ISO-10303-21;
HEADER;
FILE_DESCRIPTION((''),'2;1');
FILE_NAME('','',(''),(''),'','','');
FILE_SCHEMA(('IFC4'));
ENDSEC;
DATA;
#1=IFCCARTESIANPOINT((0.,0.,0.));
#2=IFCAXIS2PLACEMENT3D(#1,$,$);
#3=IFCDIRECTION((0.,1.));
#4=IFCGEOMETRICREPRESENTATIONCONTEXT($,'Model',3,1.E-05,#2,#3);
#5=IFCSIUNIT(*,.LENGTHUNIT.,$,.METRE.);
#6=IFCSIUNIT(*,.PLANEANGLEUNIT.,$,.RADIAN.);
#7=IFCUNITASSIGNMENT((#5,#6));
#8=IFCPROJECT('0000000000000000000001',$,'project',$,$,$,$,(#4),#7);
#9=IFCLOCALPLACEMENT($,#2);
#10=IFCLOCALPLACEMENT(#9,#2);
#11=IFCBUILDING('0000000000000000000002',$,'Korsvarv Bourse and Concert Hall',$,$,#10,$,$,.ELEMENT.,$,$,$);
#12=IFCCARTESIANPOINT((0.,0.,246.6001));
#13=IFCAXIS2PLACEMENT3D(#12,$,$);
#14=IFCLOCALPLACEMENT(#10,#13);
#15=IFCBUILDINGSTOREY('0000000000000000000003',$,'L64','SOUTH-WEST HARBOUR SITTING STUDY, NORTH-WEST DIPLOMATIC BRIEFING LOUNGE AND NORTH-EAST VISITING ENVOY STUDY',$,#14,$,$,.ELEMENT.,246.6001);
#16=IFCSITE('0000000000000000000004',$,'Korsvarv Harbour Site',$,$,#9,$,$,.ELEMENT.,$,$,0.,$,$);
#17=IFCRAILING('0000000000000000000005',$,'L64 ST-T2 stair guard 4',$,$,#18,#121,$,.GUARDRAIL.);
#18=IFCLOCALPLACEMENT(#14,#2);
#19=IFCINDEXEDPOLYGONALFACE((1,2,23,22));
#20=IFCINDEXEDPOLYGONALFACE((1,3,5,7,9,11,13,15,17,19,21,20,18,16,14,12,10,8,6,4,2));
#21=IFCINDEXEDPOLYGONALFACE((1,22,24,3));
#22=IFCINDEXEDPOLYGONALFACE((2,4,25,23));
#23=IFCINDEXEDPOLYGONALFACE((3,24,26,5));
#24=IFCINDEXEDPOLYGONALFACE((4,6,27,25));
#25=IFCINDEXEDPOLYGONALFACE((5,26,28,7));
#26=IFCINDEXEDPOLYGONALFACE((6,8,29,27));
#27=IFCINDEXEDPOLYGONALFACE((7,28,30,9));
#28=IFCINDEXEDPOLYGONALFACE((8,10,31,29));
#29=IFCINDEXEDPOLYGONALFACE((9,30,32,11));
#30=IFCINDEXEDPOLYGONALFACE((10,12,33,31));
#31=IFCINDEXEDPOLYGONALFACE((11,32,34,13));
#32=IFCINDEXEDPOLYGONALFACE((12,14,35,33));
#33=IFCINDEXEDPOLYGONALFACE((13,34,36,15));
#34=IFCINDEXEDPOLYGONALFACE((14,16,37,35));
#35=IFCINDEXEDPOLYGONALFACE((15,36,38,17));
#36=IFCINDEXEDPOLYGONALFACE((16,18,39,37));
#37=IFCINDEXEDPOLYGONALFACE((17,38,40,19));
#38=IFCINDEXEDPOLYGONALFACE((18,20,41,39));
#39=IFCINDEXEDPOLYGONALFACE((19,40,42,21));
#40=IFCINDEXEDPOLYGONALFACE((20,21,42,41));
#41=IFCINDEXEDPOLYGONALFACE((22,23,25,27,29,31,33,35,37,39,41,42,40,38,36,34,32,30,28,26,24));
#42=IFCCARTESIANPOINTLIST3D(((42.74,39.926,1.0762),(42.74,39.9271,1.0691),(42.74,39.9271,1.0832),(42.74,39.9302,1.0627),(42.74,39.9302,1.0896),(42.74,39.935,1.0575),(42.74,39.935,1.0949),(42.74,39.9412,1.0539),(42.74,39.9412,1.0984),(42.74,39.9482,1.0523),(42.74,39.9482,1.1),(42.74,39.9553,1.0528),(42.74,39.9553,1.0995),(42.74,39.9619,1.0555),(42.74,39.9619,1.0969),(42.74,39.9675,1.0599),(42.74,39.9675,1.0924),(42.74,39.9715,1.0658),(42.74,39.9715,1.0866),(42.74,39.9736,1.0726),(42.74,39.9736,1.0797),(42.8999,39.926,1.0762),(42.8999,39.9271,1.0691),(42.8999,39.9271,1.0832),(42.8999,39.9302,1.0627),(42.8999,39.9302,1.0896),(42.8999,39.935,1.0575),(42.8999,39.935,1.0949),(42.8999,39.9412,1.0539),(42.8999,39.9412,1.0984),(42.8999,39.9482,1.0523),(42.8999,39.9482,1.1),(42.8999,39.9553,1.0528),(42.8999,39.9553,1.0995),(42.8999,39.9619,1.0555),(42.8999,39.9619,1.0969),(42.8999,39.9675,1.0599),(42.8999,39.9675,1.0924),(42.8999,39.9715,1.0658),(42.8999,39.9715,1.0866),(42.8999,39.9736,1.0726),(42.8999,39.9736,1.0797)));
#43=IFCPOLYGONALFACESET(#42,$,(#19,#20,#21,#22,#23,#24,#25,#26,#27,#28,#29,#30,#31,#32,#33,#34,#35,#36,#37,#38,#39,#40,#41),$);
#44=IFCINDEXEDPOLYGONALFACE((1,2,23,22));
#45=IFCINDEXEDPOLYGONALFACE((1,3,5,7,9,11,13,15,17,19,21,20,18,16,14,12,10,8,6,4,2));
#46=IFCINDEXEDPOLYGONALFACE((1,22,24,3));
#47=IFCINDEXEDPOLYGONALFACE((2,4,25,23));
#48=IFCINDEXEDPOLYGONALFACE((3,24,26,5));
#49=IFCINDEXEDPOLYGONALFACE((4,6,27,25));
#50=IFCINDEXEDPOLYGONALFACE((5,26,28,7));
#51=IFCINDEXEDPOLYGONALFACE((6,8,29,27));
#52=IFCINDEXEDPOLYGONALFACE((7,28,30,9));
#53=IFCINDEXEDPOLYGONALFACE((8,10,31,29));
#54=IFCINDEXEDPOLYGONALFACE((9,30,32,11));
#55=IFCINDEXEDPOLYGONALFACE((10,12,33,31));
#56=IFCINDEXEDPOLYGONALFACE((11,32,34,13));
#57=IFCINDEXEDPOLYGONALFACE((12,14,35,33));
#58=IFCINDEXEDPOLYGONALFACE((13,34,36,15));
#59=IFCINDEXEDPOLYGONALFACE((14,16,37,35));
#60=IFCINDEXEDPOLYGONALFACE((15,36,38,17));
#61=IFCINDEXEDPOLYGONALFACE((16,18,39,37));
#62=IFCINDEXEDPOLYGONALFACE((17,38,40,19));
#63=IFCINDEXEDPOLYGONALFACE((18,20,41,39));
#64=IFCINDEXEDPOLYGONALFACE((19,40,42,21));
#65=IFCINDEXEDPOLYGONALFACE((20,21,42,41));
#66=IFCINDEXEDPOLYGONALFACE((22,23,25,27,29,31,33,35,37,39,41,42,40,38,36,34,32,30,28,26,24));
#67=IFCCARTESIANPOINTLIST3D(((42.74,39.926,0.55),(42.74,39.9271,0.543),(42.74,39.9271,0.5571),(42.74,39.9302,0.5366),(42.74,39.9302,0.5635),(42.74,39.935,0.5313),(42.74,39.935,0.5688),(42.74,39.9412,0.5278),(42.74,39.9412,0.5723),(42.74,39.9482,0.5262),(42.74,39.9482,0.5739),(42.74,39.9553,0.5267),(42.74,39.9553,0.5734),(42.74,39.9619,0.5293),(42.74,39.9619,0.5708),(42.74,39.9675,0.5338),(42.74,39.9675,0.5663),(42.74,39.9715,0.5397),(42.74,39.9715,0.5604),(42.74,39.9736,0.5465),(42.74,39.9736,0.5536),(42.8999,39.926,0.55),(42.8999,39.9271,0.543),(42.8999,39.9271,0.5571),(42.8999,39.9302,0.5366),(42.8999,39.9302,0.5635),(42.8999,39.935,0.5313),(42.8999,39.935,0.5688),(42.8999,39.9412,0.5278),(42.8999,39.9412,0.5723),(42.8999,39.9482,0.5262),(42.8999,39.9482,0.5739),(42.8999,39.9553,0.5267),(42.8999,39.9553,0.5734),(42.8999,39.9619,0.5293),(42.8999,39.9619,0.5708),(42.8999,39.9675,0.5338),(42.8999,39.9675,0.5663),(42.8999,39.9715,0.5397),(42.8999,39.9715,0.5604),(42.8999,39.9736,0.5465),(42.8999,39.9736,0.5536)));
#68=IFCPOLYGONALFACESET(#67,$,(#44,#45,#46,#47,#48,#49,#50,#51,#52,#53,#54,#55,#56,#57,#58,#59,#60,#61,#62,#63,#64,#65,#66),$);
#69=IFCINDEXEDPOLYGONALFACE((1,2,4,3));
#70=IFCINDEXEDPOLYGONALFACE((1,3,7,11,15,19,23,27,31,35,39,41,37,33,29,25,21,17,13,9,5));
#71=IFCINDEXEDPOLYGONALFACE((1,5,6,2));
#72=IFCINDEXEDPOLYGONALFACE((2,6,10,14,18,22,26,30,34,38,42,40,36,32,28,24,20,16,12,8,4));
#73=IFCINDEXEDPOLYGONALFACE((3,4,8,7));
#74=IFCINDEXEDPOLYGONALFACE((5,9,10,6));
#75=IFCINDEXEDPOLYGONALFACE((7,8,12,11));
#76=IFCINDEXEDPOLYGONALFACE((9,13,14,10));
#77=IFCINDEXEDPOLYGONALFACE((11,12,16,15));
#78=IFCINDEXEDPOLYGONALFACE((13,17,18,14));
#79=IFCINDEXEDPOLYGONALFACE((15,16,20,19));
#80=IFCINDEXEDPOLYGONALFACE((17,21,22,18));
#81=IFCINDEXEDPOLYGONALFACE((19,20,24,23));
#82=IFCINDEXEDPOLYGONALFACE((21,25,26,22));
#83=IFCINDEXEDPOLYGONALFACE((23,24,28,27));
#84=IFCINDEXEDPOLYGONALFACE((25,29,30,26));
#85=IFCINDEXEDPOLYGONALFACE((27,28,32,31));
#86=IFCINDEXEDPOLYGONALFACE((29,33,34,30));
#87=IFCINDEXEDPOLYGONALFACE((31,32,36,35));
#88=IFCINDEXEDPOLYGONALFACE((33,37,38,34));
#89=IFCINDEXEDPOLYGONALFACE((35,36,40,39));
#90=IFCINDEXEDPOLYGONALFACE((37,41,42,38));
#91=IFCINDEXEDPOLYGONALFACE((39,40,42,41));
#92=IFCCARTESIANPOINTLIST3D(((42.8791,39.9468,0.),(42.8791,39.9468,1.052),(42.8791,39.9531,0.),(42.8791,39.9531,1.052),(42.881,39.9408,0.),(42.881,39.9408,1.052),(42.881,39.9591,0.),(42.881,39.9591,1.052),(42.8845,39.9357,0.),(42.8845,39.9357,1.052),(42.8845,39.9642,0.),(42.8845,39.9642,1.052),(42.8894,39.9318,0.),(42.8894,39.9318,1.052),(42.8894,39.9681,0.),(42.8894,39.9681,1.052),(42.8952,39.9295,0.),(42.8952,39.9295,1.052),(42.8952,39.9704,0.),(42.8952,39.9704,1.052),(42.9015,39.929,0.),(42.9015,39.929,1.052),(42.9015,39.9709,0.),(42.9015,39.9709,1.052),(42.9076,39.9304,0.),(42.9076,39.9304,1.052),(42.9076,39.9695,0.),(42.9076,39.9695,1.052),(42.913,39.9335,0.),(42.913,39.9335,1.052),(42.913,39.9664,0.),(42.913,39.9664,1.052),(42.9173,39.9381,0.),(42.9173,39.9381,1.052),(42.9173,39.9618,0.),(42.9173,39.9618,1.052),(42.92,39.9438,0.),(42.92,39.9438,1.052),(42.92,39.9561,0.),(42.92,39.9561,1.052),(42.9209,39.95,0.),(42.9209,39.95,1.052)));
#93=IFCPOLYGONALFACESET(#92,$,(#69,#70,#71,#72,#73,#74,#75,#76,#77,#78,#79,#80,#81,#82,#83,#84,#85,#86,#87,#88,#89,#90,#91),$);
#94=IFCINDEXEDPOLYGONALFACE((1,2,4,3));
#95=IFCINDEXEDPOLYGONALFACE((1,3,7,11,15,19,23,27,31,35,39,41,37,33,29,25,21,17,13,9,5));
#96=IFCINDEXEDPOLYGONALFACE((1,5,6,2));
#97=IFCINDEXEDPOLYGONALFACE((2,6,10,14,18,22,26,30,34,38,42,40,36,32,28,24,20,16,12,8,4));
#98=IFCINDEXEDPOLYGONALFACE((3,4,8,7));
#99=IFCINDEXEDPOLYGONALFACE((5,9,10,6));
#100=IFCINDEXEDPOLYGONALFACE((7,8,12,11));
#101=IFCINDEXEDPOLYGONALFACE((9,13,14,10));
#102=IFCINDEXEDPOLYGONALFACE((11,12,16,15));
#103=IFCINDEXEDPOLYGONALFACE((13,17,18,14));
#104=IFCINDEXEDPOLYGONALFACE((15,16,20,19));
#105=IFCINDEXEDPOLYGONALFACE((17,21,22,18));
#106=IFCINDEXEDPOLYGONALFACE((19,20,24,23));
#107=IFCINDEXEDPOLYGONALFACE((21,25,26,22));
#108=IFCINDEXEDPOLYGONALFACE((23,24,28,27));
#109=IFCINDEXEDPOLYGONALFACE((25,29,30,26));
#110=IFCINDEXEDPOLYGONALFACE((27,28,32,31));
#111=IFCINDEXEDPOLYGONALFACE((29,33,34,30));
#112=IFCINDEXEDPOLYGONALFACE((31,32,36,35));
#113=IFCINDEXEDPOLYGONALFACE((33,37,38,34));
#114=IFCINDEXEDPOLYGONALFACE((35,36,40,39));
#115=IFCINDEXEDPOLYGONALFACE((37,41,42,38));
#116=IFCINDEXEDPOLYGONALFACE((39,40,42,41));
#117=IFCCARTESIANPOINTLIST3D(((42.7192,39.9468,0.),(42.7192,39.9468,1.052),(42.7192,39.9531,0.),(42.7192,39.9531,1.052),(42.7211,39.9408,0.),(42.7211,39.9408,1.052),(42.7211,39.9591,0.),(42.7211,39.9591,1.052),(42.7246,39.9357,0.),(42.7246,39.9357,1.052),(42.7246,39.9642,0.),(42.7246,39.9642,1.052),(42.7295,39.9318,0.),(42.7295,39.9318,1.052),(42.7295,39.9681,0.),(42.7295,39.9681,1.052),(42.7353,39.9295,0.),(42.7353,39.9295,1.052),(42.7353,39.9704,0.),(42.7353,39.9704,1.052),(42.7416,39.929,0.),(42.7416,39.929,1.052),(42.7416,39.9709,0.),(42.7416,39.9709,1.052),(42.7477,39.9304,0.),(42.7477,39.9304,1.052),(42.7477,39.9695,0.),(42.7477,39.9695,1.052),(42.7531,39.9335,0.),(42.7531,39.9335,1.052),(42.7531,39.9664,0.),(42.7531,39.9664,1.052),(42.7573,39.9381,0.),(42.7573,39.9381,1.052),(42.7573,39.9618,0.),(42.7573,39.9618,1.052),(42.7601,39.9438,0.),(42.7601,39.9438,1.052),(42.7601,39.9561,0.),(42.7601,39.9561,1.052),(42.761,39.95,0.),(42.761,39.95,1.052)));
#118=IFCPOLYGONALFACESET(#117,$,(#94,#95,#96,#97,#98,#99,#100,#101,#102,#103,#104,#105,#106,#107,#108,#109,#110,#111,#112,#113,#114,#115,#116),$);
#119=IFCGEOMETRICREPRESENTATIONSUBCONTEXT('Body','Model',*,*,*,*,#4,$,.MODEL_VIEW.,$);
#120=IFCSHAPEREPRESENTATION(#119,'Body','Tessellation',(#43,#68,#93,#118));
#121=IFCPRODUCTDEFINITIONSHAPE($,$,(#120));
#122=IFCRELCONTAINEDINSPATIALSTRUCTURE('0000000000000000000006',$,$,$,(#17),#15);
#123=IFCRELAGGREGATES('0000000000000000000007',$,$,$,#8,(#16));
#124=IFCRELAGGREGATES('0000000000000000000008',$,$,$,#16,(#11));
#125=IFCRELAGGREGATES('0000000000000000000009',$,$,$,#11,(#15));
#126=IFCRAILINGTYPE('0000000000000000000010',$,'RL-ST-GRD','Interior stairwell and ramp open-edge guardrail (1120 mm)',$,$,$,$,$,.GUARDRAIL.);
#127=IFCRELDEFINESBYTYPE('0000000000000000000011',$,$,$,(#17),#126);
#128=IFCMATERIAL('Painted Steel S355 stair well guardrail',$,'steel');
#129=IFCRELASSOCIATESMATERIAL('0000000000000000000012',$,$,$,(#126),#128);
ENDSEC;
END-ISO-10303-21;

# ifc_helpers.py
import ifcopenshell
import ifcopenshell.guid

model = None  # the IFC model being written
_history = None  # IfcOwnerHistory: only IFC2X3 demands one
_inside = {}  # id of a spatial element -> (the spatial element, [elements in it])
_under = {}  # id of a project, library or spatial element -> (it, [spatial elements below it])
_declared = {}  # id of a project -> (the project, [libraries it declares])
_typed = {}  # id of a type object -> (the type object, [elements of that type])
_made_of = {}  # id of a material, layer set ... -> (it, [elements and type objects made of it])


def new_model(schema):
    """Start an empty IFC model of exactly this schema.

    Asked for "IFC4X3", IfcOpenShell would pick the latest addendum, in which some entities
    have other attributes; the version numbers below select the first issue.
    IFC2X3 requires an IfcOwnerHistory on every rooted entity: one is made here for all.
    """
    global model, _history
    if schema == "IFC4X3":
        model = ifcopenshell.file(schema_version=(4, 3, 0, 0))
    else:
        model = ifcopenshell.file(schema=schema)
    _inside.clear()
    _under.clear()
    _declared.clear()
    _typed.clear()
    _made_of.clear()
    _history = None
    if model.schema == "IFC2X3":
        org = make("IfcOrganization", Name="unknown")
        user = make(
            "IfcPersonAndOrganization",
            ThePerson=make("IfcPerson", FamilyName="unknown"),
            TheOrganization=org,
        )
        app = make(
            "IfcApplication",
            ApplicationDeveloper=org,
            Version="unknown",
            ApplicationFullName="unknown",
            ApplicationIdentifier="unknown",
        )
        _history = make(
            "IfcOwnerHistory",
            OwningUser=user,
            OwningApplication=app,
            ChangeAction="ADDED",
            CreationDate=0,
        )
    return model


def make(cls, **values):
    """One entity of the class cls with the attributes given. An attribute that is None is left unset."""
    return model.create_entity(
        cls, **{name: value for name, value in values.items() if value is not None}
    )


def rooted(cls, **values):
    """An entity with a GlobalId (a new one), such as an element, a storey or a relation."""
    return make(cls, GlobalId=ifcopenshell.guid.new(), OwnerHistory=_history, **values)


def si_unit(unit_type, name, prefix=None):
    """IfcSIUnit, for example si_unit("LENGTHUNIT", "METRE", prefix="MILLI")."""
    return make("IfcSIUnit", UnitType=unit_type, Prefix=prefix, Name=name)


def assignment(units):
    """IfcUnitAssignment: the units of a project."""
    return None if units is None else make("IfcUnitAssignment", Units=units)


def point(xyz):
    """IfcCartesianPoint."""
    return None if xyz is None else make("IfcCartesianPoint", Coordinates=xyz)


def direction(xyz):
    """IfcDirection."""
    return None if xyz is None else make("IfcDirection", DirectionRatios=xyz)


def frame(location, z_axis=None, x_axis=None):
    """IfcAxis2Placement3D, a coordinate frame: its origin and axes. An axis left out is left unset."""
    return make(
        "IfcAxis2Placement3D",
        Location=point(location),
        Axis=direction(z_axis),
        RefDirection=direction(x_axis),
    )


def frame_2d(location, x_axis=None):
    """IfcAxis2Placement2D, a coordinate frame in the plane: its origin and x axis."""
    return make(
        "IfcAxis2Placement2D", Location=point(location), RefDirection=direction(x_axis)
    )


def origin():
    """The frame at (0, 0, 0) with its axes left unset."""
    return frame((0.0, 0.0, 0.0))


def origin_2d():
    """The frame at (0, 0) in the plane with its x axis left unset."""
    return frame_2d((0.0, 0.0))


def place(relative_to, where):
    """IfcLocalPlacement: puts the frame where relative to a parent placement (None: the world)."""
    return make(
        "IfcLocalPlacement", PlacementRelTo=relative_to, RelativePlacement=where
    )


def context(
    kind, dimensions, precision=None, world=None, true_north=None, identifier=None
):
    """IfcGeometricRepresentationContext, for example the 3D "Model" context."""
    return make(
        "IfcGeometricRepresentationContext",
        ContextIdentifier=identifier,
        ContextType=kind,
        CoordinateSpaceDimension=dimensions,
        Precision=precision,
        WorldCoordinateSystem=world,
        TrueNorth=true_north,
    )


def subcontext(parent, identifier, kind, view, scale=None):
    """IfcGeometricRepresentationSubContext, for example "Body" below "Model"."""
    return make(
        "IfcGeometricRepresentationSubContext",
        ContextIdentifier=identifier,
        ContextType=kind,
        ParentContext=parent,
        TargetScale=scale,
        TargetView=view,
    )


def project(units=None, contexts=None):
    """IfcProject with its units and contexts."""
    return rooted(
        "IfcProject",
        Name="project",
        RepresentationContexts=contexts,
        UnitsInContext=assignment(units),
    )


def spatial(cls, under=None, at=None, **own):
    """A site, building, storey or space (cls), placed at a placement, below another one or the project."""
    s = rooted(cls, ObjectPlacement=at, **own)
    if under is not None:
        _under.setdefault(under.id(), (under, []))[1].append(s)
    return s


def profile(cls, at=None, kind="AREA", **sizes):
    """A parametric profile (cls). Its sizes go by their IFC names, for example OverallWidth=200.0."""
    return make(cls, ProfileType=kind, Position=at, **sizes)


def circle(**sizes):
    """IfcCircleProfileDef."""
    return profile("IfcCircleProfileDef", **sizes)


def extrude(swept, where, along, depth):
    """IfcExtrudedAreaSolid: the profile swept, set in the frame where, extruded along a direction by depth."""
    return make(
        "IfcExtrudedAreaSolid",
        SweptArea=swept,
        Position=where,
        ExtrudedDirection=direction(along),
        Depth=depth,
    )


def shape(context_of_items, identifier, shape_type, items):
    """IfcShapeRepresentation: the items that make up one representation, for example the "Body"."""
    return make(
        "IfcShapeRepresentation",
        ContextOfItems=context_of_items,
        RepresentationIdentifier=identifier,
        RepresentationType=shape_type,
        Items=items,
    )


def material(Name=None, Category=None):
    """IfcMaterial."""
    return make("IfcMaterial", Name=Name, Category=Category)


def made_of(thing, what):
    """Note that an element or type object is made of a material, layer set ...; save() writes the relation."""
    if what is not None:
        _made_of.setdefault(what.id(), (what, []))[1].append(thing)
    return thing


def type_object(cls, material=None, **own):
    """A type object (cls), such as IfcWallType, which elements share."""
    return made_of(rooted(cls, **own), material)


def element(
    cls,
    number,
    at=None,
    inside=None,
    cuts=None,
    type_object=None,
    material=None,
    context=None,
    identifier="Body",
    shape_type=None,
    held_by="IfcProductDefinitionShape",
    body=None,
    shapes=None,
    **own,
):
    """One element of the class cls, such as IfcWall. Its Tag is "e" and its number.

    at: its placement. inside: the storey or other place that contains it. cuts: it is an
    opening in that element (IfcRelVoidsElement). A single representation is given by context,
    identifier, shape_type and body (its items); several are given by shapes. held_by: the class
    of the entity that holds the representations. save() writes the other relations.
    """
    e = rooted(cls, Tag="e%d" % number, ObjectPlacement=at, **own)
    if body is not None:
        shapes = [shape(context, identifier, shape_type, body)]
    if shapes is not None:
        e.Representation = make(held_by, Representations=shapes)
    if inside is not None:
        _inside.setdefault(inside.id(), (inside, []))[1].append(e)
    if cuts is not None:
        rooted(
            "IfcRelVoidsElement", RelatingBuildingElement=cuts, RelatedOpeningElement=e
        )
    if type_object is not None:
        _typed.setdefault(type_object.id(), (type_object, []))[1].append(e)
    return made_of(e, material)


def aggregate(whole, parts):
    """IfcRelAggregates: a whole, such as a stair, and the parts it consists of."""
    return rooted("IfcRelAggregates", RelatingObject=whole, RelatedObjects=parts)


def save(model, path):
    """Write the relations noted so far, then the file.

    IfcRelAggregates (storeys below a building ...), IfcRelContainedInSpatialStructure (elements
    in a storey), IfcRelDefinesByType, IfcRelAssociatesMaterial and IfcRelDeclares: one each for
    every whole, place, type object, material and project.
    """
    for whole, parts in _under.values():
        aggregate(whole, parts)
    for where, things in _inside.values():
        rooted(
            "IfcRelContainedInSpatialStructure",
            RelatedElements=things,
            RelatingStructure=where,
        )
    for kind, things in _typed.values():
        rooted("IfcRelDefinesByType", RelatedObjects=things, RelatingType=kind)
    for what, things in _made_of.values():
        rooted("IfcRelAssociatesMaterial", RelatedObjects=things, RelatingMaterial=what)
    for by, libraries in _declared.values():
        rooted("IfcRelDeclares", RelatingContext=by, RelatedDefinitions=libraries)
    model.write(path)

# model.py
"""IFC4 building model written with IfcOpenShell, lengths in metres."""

from ifc_helpers import new_model, si_unit, direction, frame, origin, origin_2d, place, context, subcontext, project, spatial, circle, extrude, material, type_object, element, save


model = new_model("IFC4")

# Units and contexts
model_context = context("Model", 3, precision=1e-05, world=origin(), true_north=direction((0.0, 1.0)))
body_context = subcontext(model_context, "Body", "Model", "MODEL_VIEW")
ifc_project = project(units=[si_unit("LENGTHUNIT", "METRE"), si_unit("PLANEANGLEUNIT", "RADIAN")], contexts=[model_context])

# Site, building, storey
site_placement = place(None, origin())
site = spatial("IfcSite", under=ifc_project, at=site_placement, Name="Korsvarv Harbour Site", CompositionType="ELEMENT", RefElevation=0.0)
building_placement = place(site_placement, origin())
building = spatial("IfcBuilding", under=site, at=building_placement, Name="Korsvarv Bourse and Concert Hall", CompositionType="ELEMENT")
storey_placement = place(building_placement, frame((0.0, 0.0, 246.6001)))
storey = spatial("IfcBuildingStorey", under=building, at=storey_placement, Name="L64", Description="SOUTH-WEST HARBOUR SITTING STUDY, NORTH-WEST DIPLOMATIC BRIEFING LOUNGE AND NORTH-EAST VISITING ENVOY STUDY", CompositionType="ELEMENT", Elevation=246.6001)

# Railing
ifc_material_1 = material(Name="Painted Steel S355 stair well guardrail", Category="steel")
railing_type_1 = type_object("IfcRailingType", Name="RL-ST-GRD", Description="Interior stairwell and ramp open-edge guardrail (1120 mm)", PredefinedType="GUARDRAIL", material=ifc_material_1)
railing_1_placement = place(storey_placement, frame((42.8999, 39.95, 0.0)))
element("IfcRailing", 1, at=railing_1_placement, inside=storey, type_object=railing_type_1, Name="L64 ST-T2 stair guard 4", PredefinedType="GUARDRAIL", context=body_context, shape_type="SweptSolid", body=[
    extrude(circle(Radius=0.0239, at=origin_2d()), frame((0.0, 0.0, 1.0762), z_axis=(-1.0, 0.0, 0.0), x_axis=(0.0, -1.0, 0.0)), (0.0, 0.0, 1.0), 0.1599),
    extrude(circle(Radius=0.0239, at=origin_2d()), frame((0.0, 0.0, 0.55), z_axis=(-1.0, 0.0, 0.0), x_axis=(0.0, -1.0, 0.0)), (0.0, 0.0, 1.0), 0.1599),
    extrude(circle(Radius=0.021, at=origin_2d()), origin(), (0.0, 0.0, 1.0), 1.052),
    extrude(circle(Radius=0.021, at=origin_2d()), frame((-0.1599, 0.0, 0.0)), (0.0, 0.0, 1.0), 1.052),
])

save(model, "model.ifc")
